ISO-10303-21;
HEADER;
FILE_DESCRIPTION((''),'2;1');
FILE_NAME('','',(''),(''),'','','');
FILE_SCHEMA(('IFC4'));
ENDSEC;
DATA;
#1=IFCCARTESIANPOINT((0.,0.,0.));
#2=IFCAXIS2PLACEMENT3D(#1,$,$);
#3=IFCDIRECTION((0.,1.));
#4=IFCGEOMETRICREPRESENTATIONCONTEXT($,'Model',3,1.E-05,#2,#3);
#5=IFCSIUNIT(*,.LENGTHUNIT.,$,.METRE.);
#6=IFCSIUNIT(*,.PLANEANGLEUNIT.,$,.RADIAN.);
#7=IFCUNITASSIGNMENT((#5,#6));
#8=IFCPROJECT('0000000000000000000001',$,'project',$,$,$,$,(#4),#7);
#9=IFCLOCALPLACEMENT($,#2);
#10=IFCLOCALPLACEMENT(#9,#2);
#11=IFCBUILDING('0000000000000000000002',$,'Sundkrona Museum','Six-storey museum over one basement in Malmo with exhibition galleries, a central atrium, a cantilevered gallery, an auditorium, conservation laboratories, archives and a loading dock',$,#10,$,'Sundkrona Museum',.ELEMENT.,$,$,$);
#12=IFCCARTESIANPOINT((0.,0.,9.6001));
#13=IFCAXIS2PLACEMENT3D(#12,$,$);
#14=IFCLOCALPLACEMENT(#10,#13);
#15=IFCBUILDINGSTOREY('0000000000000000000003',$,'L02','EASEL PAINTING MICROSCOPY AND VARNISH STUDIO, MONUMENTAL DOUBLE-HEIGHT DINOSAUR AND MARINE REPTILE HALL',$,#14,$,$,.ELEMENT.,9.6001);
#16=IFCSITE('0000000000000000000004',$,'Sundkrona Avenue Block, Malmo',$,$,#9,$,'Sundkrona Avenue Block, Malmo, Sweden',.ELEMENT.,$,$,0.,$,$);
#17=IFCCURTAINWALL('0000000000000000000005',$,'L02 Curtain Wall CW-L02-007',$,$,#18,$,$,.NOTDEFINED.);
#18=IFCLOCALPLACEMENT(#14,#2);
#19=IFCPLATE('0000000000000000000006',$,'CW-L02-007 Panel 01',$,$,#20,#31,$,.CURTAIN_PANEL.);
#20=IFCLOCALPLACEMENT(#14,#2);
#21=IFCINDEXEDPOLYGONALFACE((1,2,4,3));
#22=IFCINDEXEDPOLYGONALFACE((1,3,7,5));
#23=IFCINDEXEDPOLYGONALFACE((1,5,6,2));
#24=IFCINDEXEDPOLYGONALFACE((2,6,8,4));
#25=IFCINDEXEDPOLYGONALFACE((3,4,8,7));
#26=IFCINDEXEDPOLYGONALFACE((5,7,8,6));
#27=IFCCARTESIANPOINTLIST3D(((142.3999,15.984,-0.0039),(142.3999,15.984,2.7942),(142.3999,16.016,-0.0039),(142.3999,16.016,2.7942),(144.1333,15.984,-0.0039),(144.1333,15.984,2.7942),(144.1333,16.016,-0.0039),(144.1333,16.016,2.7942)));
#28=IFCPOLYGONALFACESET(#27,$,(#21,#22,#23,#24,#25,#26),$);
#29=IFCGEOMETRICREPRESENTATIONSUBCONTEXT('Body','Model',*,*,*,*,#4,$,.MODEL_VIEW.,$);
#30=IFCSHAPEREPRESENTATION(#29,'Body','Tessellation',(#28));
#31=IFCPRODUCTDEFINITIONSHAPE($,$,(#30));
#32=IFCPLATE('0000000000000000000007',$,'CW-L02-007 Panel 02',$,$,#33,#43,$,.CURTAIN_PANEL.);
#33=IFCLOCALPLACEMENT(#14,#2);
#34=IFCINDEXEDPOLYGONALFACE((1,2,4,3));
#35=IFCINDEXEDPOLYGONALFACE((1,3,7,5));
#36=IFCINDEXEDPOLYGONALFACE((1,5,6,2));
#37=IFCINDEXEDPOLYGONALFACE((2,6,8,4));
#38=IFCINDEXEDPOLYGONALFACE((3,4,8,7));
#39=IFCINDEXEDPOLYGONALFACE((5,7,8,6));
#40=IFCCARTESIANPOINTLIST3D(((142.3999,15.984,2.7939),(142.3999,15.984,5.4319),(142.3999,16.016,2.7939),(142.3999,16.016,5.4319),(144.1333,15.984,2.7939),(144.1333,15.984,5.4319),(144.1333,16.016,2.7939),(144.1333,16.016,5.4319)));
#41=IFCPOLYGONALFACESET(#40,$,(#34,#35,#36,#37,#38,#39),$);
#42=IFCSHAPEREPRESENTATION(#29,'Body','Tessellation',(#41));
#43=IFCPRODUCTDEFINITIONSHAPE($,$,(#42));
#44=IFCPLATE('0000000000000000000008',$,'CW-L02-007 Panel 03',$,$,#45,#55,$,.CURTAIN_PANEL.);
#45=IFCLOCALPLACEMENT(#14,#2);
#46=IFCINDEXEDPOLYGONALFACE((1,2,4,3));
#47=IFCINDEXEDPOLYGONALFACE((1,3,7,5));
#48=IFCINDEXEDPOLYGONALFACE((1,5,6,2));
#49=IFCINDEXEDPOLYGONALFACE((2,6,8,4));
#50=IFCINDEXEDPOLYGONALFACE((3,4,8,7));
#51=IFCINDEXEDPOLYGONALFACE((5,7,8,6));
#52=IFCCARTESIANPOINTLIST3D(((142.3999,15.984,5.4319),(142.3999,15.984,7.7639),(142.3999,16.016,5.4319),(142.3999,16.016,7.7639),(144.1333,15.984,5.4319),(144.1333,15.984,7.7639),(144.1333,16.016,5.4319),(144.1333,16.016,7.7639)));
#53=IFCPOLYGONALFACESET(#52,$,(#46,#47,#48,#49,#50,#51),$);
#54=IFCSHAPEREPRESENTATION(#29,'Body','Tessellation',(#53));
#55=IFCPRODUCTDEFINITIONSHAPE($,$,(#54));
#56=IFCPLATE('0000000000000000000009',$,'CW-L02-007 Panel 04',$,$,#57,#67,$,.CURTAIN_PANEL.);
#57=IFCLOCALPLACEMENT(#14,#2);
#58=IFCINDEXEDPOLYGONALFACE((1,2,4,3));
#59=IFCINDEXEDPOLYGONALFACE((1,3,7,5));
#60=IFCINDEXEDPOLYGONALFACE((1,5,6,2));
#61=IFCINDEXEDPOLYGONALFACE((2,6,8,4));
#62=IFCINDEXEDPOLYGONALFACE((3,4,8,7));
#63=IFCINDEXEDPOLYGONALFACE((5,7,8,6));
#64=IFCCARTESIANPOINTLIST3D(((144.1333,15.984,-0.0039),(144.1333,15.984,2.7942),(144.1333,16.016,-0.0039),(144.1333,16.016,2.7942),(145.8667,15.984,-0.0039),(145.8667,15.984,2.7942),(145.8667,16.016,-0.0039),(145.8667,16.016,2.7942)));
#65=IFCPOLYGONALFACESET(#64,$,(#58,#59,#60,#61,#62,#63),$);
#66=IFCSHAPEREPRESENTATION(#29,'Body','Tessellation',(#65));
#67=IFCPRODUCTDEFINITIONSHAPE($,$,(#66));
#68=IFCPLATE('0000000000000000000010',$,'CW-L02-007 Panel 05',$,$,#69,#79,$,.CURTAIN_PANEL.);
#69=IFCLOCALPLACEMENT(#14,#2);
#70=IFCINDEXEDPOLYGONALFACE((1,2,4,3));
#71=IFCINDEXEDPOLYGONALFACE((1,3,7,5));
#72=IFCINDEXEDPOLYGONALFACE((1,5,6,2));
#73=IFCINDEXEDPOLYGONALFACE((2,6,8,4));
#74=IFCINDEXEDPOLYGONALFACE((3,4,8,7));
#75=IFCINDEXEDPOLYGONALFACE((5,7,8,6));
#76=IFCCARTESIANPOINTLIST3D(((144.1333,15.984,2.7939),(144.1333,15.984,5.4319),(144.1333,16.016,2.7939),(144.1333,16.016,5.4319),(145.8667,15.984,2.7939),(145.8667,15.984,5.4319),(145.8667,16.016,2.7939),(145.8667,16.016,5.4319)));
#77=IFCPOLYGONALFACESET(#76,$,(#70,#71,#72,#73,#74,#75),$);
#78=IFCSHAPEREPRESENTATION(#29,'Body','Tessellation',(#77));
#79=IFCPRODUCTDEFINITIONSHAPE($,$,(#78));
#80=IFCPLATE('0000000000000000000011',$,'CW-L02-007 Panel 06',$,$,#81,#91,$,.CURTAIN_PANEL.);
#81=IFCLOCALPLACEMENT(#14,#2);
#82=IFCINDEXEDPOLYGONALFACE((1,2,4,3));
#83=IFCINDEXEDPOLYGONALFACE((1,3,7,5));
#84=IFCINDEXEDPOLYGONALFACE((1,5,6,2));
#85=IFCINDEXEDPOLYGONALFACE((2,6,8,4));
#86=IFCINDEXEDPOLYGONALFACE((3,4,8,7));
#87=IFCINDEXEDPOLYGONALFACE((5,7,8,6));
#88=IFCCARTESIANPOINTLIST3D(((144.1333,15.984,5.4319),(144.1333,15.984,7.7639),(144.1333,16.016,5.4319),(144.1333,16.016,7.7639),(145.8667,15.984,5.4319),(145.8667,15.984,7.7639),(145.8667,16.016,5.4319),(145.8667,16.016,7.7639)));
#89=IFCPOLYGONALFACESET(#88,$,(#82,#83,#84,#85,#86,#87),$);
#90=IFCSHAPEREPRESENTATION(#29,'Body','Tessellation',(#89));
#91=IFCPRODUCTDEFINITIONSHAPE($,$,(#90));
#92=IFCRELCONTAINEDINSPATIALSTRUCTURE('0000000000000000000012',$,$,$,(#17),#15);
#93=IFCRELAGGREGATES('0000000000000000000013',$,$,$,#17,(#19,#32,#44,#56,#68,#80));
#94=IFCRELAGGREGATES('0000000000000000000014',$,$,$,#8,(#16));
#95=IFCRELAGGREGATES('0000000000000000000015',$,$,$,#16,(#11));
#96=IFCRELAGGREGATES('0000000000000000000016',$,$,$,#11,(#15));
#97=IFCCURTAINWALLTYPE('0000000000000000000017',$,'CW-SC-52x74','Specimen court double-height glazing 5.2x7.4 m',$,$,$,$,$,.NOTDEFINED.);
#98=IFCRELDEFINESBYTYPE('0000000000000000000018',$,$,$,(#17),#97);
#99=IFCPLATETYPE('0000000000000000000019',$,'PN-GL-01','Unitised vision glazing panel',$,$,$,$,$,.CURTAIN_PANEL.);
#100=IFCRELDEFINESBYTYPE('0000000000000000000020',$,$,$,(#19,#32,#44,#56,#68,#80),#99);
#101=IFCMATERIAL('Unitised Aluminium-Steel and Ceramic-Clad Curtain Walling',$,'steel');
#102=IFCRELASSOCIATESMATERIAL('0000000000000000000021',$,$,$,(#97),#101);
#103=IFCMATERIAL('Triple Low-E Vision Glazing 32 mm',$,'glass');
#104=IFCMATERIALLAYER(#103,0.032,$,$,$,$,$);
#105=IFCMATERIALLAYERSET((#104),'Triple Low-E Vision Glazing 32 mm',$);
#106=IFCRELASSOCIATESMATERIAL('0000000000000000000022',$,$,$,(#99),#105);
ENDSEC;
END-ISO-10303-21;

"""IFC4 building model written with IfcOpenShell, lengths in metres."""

from ifc_helpers import new_model, si_unit, direction, frame, origin, origin_2d, place, context, subcontext, project, spatial, rectangle, extrude, material, layer, layer_set, type_object, element, aggregate, save


model = new_model("IFC4")

# Units and contexts
model_context = context("Model", 3, precision=1e-05, world=origin(), true_north=direction((0.0, 1.0)))
body_context = subcontext(model_context, "Body", "Model", "MODEL_VIEW")
ifc_project = project(units=[si_unit("LENGTHUNIT", "METRE"), si_unit("PLANEANGLEUNIT", "RADIAN")], contexts=[model_context])

# Site, building, storey
site_placement = place(None, origin())
site = spatial("IfcSite", under=ifc_project, at=site_placement, Name="Sundkrona Avenue Block, Malmo", LongName="Sundkrona Avenue Block, Malmo, Sweden", CompositionType="ELEMENT", RefElevation=0.0)
building_placement = place(site_placement, origin())
building = spatial("IfcBuilding", under=site, at=building_placement, Name="Sundkrona Museum", Description="Six-storey museum over one basement in Malmo with exhibition galleries, a central atrium, a cantilevered gallery, an auditorium, conservation laboratories, archives and a loading dock", LongName="Sundkrona Museum", CompositionType="ELEMENT")
storey_placement = place(building_placement, frame((0.0, 0.0, 9.6001)))
storey = spatial("IfcBuildingStorey", under=building, at=storey_placement, Name="L02", Description="EASEL PAINTING MICROSCOPY AND VARNISH STUDIO, MONUMENTAL DOUBLE-HEIGHT DINOSAUR AND MARINE REPTILE HALL", CompositionType="ELEMENT", Elevation=9.6001)

# Curtain wall, plates
ifc_material_1 = material(Name="Unitised Aluminium-Steel and Ceramic-Clad Curtain Walling", Category="steel")
curtain_wall_type = type_object("IfcCurtainWallType", Name="CW-SC-52x74", Description="Specimen court double-height glazing 5.2x7.4 m", PredefinedType="NOTDEFINED", material=ifc_material_1)
curtain_wall_placement = place(storey_placement, origin())
curtain_wall = element("IfcCurtainWall", 1, at=curtain_wall_placement, inside=storey, type_object=curtain_wall_type, Name="L02 Curtain Wall CW-L02-007", PredefinedType="NOTDEFINED")
ifc_material_2 = material(Name="Triple Low-E Vision Glazing 32 mm", Category="glass")
ifc_layer = layer(ifc_material_2, 0.032)
ifc_layer_set = layer_set([ifc_layer], Name="Triple Low-E Vision Glazing 32 mm")
plate_type = type_object("IfcPlateType", Name="PN-GL-01", Description="Unitised vision glazing panel", PredefinedType="CURTAIN_PANEL", material=ifc_layer_set)
plate_1_placement = place(storey_placement, frame((143.2666, 16.0, -0.0039), z_axis=(0.0, 0.0, 1.0), x_axis=(1.0, 0.0, 0.0)))
plate_1 = element("IfcPlate", 2, at=plate_1_placement, type_object=plate_type, Name="CW-L02-007 Panel 01", PredefinedType="CURTAIN_PANEL", context=body_context, shape_type="SweptSolid", body=[
    extrude(rectangle(XDim=1.7334, YDim=0.032, at=origin_2d()), origin(), (0.0, 0.0, 1.0), 2.7981),
])
plate_2_placement = place(storey_placement, frame((143.2666, 16.0, 2.7939), z_axis=(0.0, 0.0, 1.0), x_axis=(1.0, 0.0, 0.0)))
plate_2 = element("IfcPlate", 3, at=plate_2_placement, type_object=plate_type, Name="CW-L02-007 Panel 02", PredefinedType="CURTAIN_PANEL", context=body_context, shape_type="SweptSolid", body=[
    extrude(rectangle(XDim=1.7334, YDim=0.032, at=origin_2d()), origin(), (0.0, 0.0, 1.0), 2.6379),
])
plate_3_placement = place(storey_placement, frame((143.2666, 16.0, 5.4319), z_axis=(0.0, 0.0, 1.0), x_axis=(1.0, 0.0, 0.0)))
plate_3 = element("IfcPlate", 4, at=plate_3_placement, type_object=plate_type, Name="CW-L02-007 Panel 03", PredefinedType="CURTAIN_PANEL", context=body_context, shape_type="SweptSolid", body=[
    extrude(rectangle(XDim=1.7334, YDim=0.032, at=origin_2d()), origin(), (0.0, 0.0, 1.0), 2.332),
])
plate_4_placement = place(storey_placement, frame((145.0, 16.0, -0.0039), z_axis=(0.0, 0.0, 1.0), x_axis=(1.0, 0.0, 0.0)))
plate_4 = element("IfcPlate", 5, at=plate_4_placement, type_object=plate_type, Name="CW-L02-007 Panel 04", PredefinedType="CURTAIN_PANEL", context=body_context, shape_type="SweptSolid", body=[
    extrude(rectangle(XDim=1.7334, YDim=0.032, at=origin_2d()), origin(), (0.0, 0.0, 1.0), 2.7981),
])
plate_5_placement = place(storey_placement, frame((145.0, 16.0, 2.7939), z_axis=(0.0, 0.0, 1.0), x_axis=(1.0, 0.0, 0.0)))
plate_5 = element("IfcPlate", 6, at=plate_5_placement, type_object=plate_type, Name="CW-L02-007 Panel 05", PredefinedType="CURTAIN_PANEL", context=body_context, shape_type="SweptSolid", body=[
    extrude(rectangle(XDim=1.7334, YDim=0.032, at=origin_2d()), origin(), (0.0, 0.0, 1.0), 2.6379),
])
plate_6_placement = place(storey_placement, frame((145.0, 16.0, 5.4319), z_axis=(0.0, 0.0, 1.0), x_axis=(1.0, 0.0, 0.0)))
plate_6 = element("IfcPlate", 7, at=plate_6_placement, type_object=plate_type, Name="CW-L02-007 Panel 06", PredefinedType="CURTAIN_PANEL", context=body_context, shape_type="SweptSolid", body=[
    extrude(rectangle(XDim=1.7334, YDim=0.032, at=origin_2d()), origin(), (0.0, 0.0, 1.0), 2.332),
])
aggregate(curtain_wall, [plate_1, plate_2, plate_3, plate_4, plate_5, plate_6])

save(model, "model.ifc")
